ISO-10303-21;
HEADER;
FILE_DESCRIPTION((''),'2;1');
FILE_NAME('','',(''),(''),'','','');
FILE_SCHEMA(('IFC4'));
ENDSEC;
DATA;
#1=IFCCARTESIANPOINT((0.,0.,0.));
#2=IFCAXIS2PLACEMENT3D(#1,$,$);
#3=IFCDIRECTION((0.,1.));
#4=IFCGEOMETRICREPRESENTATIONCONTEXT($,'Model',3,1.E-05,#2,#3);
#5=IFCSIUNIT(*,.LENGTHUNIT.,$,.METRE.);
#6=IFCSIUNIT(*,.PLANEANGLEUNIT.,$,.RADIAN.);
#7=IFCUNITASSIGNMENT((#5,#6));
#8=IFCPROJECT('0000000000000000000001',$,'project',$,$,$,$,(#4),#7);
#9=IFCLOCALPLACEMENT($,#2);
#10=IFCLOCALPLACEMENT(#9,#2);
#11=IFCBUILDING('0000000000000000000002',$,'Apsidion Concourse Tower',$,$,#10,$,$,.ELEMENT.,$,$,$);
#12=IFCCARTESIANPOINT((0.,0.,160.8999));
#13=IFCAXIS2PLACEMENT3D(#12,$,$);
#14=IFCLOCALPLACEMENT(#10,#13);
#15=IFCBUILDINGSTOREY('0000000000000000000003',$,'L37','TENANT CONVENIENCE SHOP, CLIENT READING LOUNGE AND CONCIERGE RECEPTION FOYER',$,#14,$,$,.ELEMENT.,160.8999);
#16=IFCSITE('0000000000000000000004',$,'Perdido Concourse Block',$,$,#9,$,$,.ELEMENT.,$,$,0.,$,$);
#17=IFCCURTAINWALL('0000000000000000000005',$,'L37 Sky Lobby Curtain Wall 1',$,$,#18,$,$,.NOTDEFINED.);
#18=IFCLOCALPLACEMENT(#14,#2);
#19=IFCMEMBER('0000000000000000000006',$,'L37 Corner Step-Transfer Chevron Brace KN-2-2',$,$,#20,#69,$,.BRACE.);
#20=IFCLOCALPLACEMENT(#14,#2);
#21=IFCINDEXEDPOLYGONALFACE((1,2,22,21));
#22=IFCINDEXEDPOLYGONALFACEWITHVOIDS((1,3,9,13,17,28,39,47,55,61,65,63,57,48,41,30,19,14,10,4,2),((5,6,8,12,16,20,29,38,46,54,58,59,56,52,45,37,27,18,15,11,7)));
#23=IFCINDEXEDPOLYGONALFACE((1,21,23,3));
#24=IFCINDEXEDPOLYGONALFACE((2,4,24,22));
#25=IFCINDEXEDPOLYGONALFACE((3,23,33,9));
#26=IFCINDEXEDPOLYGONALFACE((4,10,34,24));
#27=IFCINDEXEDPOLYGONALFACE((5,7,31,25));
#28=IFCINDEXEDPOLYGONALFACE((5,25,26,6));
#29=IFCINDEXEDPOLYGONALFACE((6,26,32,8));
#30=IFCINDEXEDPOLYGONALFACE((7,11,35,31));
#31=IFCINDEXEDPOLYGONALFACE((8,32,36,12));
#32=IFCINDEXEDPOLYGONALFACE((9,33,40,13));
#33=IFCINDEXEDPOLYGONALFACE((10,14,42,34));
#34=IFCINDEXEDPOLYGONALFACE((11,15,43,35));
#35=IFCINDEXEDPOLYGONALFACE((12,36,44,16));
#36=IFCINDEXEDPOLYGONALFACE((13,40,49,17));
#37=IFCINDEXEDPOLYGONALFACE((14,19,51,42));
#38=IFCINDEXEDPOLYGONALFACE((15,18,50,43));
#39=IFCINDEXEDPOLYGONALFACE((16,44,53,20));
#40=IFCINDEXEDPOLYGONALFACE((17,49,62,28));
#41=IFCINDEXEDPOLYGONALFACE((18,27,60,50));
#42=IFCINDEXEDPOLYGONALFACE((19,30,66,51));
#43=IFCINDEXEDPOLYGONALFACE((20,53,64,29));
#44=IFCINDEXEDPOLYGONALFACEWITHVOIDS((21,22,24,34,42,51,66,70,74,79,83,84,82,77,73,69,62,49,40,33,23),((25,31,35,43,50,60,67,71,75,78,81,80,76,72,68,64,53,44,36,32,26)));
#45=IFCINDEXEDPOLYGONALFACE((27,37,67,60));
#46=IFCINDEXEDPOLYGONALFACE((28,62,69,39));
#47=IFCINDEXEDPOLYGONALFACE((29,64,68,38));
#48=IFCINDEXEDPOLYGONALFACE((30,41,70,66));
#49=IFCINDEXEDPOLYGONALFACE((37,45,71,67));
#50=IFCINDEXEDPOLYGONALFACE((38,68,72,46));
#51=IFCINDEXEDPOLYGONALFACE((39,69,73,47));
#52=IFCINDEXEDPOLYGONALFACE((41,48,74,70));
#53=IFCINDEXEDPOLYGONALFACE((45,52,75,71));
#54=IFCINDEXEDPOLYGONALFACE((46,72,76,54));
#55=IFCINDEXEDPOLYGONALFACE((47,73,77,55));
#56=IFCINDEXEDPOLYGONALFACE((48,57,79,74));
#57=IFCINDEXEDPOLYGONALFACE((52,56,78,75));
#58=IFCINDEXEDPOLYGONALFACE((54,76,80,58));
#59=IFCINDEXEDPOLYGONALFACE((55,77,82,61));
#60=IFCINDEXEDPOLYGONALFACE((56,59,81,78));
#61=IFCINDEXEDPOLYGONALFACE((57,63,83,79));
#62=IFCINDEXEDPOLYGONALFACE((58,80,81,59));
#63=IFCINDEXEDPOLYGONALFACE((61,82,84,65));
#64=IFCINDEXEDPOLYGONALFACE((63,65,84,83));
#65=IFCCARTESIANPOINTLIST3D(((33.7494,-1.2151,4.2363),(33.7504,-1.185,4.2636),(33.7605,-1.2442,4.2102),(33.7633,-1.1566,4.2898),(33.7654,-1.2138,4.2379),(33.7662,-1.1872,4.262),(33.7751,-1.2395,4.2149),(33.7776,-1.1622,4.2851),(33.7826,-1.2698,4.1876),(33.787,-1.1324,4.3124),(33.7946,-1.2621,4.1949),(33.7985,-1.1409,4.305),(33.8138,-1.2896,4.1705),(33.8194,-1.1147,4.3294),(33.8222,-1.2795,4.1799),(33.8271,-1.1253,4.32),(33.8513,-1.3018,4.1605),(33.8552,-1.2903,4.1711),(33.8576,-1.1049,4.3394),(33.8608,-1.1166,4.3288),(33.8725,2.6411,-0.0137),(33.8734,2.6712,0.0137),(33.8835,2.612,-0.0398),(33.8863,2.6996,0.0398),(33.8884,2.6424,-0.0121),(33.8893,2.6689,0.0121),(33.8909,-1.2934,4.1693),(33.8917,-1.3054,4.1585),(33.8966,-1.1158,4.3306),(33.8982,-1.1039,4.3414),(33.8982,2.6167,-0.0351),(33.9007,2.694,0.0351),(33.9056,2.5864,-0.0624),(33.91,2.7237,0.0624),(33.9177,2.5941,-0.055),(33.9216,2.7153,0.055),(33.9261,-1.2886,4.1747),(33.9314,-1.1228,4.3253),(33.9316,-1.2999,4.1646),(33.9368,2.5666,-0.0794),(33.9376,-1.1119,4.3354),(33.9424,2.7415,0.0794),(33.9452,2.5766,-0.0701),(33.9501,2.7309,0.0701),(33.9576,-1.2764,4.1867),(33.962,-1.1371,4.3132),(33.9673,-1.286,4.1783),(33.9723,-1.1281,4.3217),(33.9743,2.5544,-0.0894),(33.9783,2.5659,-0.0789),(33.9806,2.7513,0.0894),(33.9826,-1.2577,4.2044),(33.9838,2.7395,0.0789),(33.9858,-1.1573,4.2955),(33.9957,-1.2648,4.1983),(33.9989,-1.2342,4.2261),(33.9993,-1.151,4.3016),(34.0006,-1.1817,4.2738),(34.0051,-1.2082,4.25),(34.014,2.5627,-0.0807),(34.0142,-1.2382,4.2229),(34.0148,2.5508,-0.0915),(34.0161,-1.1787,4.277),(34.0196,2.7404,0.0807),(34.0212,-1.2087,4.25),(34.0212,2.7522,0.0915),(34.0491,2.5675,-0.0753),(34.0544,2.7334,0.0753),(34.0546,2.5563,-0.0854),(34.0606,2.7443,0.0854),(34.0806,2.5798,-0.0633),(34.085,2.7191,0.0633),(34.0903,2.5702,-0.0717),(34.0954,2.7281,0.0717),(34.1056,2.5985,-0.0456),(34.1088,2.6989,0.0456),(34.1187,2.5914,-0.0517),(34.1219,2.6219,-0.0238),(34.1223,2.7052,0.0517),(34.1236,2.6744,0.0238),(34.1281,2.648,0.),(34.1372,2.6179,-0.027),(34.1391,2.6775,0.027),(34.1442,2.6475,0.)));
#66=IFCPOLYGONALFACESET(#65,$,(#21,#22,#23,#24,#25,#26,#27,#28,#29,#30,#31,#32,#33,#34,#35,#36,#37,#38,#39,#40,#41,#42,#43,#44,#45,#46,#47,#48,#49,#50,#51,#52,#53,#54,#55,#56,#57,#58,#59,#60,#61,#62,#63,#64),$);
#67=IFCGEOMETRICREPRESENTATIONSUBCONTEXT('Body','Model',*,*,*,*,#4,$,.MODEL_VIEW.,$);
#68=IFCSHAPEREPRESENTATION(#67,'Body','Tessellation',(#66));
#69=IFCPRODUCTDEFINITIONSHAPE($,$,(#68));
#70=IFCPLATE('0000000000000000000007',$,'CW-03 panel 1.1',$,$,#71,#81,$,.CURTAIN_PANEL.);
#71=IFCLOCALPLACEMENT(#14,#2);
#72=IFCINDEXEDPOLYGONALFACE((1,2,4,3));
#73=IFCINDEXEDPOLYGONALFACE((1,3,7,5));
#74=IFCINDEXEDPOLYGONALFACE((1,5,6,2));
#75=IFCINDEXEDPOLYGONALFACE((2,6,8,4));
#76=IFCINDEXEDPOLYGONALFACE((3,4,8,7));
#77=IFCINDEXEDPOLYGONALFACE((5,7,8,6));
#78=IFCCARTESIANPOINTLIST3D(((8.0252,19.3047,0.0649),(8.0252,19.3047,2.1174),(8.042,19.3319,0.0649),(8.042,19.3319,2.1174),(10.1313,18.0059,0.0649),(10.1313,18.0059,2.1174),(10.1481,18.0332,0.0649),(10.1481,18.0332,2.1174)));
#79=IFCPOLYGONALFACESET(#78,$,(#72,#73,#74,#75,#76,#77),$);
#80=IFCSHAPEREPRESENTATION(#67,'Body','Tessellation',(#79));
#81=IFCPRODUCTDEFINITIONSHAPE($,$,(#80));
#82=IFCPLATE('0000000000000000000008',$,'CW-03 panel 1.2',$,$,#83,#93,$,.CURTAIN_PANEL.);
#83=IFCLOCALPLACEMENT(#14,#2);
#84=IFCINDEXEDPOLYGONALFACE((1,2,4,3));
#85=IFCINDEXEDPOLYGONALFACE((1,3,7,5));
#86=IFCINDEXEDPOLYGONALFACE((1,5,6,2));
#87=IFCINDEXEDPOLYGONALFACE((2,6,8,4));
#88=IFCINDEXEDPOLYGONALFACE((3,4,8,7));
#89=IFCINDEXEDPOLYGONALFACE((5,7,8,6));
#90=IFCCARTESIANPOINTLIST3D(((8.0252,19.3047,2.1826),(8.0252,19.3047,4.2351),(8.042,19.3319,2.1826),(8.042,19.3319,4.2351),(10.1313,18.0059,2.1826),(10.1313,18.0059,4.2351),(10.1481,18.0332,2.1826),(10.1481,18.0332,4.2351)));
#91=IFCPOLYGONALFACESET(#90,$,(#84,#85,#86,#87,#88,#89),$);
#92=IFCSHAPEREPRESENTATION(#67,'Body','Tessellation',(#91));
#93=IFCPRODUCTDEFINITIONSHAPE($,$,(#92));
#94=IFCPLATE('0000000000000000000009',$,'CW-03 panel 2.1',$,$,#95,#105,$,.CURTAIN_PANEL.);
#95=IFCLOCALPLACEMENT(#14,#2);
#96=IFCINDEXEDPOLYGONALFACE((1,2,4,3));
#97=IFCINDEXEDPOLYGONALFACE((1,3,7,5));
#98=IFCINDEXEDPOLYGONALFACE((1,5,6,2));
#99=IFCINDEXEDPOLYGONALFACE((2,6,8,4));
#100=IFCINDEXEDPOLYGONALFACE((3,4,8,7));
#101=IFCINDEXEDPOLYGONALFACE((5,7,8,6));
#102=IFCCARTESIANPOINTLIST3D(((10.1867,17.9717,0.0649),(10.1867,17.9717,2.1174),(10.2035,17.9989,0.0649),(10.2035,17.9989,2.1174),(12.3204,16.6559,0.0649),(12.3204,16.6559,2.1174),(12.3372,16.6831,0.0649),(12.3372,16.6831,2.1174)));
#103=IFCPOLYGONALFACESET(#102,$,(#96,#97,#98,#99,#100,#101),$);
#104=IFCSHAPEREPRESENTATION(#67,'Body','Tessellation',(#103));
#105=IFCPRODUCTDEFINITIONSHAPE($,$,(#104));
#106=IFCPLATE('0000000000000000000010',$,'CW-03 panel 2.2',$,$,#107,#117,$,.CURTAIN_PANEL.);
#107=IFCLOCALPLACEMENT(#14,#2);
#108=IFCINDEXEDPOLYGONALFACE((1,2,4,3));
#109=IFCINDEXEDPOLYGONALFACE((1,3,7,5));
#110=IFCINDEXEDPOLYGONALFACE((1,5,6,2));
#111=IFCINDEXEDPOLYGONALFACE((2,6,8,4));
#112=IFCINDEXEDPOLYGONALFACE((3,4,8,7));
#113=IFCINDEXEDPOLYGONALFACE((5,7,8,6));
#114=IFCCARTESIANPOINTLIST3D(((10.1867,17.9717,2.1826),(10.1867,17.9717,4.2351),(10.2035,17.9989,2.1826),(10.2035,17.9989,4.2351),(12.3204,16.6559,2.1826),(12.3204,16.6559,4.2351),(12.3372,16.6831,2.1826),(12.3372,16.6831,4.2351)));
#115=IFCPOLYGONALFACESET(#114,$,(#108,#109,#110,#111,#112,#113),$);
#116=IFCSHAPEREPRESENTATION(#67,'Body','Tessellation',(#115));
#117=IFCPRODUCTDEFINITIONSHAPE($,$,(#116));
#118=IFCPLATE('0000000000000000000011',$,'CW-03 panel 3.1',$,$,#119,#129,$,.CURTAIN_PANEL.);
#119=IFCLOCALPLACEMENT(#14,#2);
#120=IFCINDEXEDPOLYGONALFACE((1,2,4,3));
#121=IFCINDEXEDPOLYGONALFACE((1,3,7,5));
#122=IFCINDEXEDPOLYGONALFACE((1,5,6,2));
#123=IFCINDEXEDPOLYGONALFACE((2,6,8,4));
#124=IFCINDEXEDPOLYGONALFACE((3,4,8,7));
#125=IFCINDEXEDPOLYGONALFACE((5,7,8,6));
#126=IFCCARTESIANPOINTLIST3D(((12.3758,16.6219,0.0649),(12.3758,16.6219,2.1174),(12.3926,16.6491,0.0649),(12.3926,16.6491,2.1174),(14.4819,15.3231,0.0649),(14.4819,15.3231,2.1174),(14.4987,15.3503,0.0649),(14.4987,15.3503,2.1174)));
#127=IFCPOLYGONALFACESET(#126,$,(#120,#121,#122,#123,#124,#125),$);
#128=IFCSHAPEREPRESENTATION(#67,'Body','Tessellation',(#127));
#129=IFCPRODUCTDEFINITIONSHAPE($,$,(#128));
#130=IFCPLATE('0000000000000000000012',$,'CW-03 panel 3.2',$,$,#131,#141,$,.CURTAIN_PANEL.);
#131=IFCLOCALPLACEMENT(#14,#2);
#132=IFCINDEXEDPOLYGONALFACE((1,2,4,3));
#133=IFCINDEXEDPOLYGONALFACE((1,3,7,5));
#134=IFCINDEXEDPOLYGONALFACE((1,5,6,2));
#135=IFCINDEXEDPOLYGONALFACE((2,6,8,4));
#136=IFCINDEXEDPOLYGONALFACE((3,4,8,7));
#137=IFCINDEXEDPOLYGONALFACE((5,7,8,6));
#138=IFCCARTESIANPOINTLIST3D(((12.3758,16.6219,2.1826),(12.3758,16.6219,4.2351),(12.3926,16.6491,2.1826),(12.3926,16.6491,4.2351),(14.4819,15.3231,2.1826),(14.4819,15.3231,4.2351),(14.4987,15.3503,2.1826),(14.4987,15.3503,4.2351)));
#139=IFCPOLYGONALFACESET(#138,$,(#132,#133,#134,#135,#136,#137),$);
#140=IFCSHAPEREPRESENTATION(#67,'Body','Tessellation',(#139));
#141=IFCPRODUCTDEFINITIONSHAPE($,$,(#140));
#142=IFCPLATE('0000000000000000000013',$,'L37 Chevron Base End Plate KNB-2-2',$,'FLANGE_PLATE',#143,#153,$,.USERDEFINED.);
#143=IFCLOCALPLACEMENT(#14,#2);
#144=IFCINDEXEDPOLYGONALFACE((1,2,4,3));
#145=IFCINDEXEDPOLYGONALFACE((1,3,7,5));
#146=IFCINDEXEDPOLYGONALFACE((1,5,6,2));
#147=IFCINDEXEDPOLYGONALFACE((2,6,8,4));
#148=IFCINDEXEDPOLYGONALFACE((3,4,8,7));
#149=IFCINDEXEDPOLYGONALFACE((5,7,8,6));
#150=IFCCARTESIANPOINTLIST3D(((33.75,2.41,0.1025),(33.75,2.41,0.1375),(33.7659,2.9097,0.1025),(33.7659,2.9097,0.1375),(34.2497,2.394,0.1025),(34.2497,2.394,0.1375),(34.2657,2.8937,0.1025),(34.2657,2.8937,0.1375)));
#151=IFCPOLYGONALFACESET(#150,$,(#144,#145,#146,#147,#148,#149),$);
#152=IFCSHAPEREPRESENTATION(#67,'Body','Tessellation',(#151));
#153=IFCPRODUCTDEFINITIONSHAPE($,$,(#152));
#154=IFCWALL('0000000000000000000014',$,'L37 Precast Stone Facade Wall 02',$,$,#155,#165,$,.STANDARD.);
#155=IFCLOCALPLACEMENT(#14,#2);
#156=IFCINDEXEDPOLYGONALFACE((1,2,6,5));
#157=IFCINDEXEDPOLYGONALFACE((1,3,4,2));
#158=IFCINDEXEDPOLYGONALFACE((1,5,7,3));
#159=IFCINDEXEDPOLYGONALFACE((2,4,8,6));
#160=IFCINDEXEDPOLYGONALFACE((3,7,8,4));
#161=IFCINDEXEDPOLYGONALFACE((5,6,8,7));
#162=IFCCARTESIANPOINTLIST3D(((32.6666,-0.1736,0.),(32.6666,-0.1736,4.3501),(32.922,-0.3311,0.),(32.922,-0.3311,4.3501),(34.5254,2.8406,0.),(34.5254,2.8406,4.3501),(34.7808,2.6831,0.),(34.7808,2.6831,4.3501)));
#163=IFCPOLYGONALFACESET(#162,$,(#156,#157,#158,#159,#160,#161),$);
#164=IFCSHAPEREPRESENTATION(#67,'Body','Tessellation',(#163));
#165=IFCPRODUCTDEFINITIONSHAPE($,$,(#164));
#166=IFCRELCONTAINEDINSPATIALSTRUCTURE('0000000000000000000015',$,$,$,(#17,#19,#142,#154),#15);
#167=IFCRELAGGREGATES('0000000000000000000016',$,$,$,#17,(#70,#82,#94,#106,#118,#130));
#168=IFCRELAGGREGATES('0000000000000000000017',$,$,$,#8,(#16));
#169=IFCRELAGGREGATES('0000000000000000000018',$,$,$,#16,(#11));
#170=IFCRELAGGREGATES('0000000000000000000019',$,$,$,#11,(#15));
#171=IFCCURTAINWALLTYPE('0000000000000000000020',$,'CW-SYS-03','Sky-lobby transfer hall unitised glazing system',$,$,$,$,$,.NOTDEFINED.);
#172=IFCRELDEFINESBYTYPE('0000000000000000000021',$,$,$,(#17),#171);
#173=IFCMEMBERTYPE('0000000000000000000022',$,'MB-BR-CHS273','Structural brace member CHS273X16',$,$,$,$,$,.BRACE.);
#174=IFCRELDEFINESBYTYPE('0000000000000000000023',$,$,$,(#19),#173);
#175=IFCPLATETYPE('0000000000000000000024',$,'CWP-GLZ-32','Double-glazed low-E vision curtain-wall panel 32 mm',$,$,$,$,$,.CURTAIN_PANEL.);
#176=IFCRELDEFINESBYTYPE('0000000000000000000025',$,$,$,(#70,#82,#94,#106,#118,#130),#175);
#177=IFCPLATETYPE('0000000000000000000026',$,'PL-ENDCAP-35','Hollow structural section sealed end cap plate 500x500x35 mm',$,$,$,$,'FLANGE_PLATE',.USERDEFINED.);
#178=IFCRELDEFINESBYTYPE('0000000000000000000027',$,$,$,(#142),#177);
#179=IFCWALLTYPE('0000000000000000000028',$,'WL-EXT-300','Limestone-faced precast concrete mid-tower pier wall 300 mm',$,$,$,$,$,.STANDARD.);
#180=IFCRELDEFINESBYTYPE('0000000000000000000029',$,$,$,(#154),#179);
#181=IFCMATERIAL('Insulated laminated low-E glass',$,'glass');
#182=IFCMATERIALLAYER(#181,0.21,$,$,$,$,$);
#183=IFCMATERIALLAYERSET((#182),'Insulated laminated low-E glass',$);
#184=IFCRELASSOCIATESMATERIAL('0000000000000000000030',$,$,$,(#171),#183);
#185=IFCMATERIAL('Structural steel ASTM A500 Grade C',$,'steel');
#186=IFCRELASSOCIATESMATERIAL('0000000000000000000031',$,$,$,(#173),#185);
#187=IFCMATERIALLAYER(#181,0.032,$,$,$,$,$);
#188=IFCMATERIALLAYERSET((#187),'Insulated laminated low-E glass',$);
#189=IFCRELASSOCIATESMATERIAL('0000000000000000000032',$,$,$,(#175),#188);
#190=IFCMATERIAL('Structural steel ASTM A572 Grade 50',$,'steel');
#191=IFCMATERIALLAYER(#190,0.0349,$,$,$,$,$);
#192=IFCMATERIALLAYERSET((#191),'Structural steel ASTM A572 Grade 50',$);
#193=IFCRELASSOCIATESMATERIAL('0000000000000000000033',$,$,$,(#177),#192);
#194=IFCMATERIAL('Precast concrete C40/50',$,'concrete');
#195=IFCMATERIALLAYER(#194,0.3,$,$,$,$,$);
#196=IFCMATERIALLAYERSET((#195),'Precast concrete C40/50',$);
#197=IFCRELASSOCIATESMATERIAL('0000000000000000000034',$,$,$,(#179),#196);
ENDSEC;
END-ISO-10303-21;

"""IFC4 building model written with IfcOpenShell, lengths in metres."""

from ifc_helpers import new_model, si_unit, direction, frame, frame_2d, origin, origin_2d, place, context, subcontext, project, spatial, rectangle, hollow_circle, extrude, material, layer, layer_set, material_profile, profile_set, type_object, element, aggregate, save


model = new_model("IFC4")

# Units and contexts
model_context = context("Model", 3, precision=1e-05, world=origin(), true_north=direction((0.0, 1.0)))
body_context = subcontext(model_context, "Body", "Model", "MODEL_VIEW")
ifc_project = project(units=[si_unit("LENGTHUNIT", "METRE"), si_unit("PLANEANGLEUNIT", "RADIAN")], contexts=[model_context])

# Site, building, storey
site_placement = place(None, origin())
site = spatial("IfcSite", under=ifc_project, at=site_placement, Name="Perdido Concourse Block", CompositionType="ELEMENT", RefElevation=0.0)
building_placement = place(site_placement, origin())
building = spatial("IfcBuilding", under=site, at=building_placement, Name="Apsidion Concourse Tower", CompositionType="ELEMENT")
storey_placement = place(building_placement, frame((0.0, 0.0, 160.8999)))
storey = spatial("IfcBuildingStorey", under=building, at=storey_placement, Name="L37", Description="TENANT CONVENIENCE SHOP, CLIENT READING LOUNGE AND CONCIERGE RECEPTION FOYER", CompositionType="ELEMENT", Elevation=160.8999)

# Curtain wall
ifc_material_1 = material(Name="Insulated laminated low-E glass", Category="glass")
ifc_layer_1 = layer(ifc_material_1, 0.21)
ifc_layer_set_1 = layer_set([ifc_layer_1], Name="Insulated laminated low-E glass")
curtain_wall_type = type_object("IfcCurtainWallType", Name="CW-SYS-03", Description="Sky-lobby transfer hall unitised glazing system", PredefinedType="NOTDEFINED", material=ifc_layer_set_1)
curtain_wall_placement = place(storey_placement, origin())
curtain_wall = element("IfcCurtainWall", 1, at=curtain_wall_placement, inside=storey, type_object=curtain_wall_type, Name="L37 Sky Lobby Curtain Wall 1", PredefinedType="NOTDEFINED")

# Member
ifc_material_2 = material(Name="Structural steel ASTM A500 Grade C", Category="steel")
ifc_material_profile_1 = material_profile(ifc_material_2, hollow_circle(Radius=0.1365, WallThickness=0.0161, at=origin_2d()), Name="CHS273X16")
ifc_profile_set_1 = profile_set([ifc_material_profile_1], Name="Structural steel ASTM A500 Grade C")
member_type_1 = type_object("IfcMemberType", Name="MB-BR-CHS273", Description="Structural brace member CHS273X16", PredefinedType="BRACE", material=ifc_profile_set_1)
member_1_placement = place(storey_placement, frame((34.0078, 2.6519, 0.0), z_axis=(-0.021437, -0.671809, 0.740414), x_axis=(0.999491, -0.031893, 0.0)))
element("IfcMember", 2, at=member_1_placement, inside=storey, type_object=member_type_1, Name="L37 Corner Step-Transfer Chevron Brace KN-2-2", PredefinedType="BRACE", context=body_context, shape_type="SweptSolid", body=[
    extrude(hollow_circle(Radius=0.1365, WallThickness=0.0161, at=origin_2d()), origin(), (0.0, 0.0, 1.0), 5.74),
])

# Plates
ifc_layer_2 = layer(ifc_material_1, 0.032)
ifc_layer_set_2 = layer_set([ifc_layer_2], Name="Insulated laminated low-E glass")
plate_type_1 = type_object("IfcPlateType", Name="CWP-GLZ-32", Description="Double-glazed low-E vision curtain-wall panel 32 mm", PredefinedType="CURTAIN_PANEL", material=ifc_layer_set_2)
plate_1_placement = place(storey_placement, frame((9.0867, 18.6689, 0.0649), z_axis=(0.0, 0.0, 1.0), x_axis=(0.851169, -0.524891, 0.0)))
plate_1 = element("IfcPlate", 3, at=plate_1_placement, type_object=plate_type_1, Name="CW-03 panel 1.1", PredefinedType="CURTAIN_PANEL", context=body_context, shape_type="SweptSolid", body=[
    extrude(rectangle(XDim=2.4744, YDim=0.032, at=origin_2d()), origin(), (0.0, 0.0, 1.0), 2.0525),
])
plate_2_placement = place(storey_placement, frame((9.0867, 18.6689, 2.1826), z_axis=(0.0, 0.0, 1.0), x_axis=(0.851169, -0.524891, 0.0)))
plate_2 = element("IfcPlate", 4, at=plate_2_placement, type_object=plate_type_1, Name="CW-03 panel 1.2", PredefinedType="CURTAIN_PANEL", context=body_context, shape_type="SweptSolid", body=[
    extrude(rectangle(XDim=2.4744, YDim=0.032, at=origin_2d()), origin(), (0.0, 0.0, 1.0), 2.0525),
])
plate_3_placement = place(storey_placement, frame((11.262, 17.3274, 0.0649), z_axis=(0.0, 0.0, 1.0), x_axis=(0.851169, -0.524891, 0.0)))
plate_3 = element("IfcPlate", 5, at=plate_3_placement, type_object=plate_type_1, Name="CW-03 panel 2.1", PredefinedType="CURTAIN_PANEL", context=body_context, shape_type="SweptSolid", body=[
    extrude(rectangle(XDim=2.5068, YDim=0.032, at=origin_2d()), origin(), (0.0, 0.0, 1.0), 2.0525),
])
plate_4_placement = place(storey_placement, frame((11.262, 17.3274, 2.1826), z_axis=(0.0, 0.0, 1.0), x_axis=(0.851169, -0.524891, 0.0)))
plate_4 = element("IfcPlate", 6, at=plate_4_placement, type_object=plate_type_1, Name="CW-03 panel 2.2", PredefinedType="CURTAIN_PANEL", context=body_context, shape_type="SweptSolid", body=[
    extrude(rectangle(XDim=2.5068, YDim=0.032, at=origin_2d()), origin(), (0.0, 0.0, 1.0), 2.0525),
])
plate_5_placement = place(storey_placement, frame((13.4373, 15.9861, 0.0649), z_axis=(0.0, 0.0, 1.0), x_axis=(0.851169, -0.524891, 0.0)))
plate_5 = element("IfcPlate", 7, at=plate_5_placement, type_object=plate_type_1, Name="CW-03 panel 3.1", PredefinedType="CURTAIN_PANEL", context=body_context, shape_type="SweptSolid", body=[
    extrude(rectangle(XDim=2.4744, YDim=0.032, at=origin_2d()), origin(), (0.0, 0.0, 1.0), 2.0525),
])
plate_6_placement = place(storey_placement, frame((13.4373, 15.9861, 2.1826), z_axis=(0.0, 0.0, 1.0), x_axis=(0.851169, -0.524891, 0.0)))
plate_6 = element("IfcPlate", 8, at=plate_6_placement, type_object=plate_type_1, Name="CW-03 panel 3.2", PredefinedType="CURTAIN_PANEL", context=body_context, shape_type="SweptSolid", body=[
    extrude(rectangle(XDim=2.4744, YDim=0.032, at=origin_2d()), origin(), (0.0, 0.0, 1.0), 2.0525),
])
aggregate(curtain_wall, [plate_1, plate_2, plate_3, plate_4, plate_5, plate_6])
ifc_material_3 = material(Name="Structural steel ASTM A572 Grade 50", Category="steel")
ifc_layer_3 = layer(ifc_material_3, 0.0349)
ifc_layer_set_3 = layer_set([ifc_layer_3], Name="Structural steel ASTM A572 Grade 50")
plate_type_2 = type_object("IfcPlateType", Name="PL-ENDCAP-35", Description="Hollow structural section sealed end cap plate 500x500x35 mm", ElementType="FLANGE_PLATE", PredefinedType="USERDEFINED", material=ifc_layer_set_3)
plate_7_placement = place(storey_placement, frame((34.0078, 2.6519, 0.1025), z_axis=(0.0, 0.0, 1.0), x_axis=(0.031934, 0.99949, 0.0)))
element("IfcPlate", 9, at=plate_7_placement, inside=storey, type_object=plate_type_2, Name="L37 Chevron Base End Plate KNB-2-2", ObjectType="FLANGE_PLATE", PredefinedType="USERDEFINED", context=body_context, shape_type="SweptSolid", body=[
    extrude(rectangle(XDim=0.5, YDim=0.5, at=origin_2d()), origin(), (0.0, 0.0, 1.0), 0.0349),
])

# Wall
ifc_material_4 = material(Name="Precast concrete C40/50", Category="concrete")
ifc_layer_4 = layer(ifc_material_4, 0.3)
ifc_layer_set_4 = layer_set([ifc_layer_4], Name="Precast concrete C40/50")
wall_type_1 = type_object("IfcWallType", Name="WL-EXT-300", Description="Limestone-faced precast concrete mid-tower pier wall 300 mm", PredefinedType="STANDARD", material=ifc_layer_set_4)
wall_1_placement = place(storey_placement, frame((34.6531, 2.7617, 0.0), z_axis=(0.0, 0.0, 1.0), x_axis=(-0.52492, -0.851151, 0.0)))
element("IfcWall", 10, at=wall_1_placement, inside=storey, type_object=wall_type_1, Name="L37 Precast Stone Facade Wall 02", PredefinedType="STANDARD", context=body_context, shape_type="SweptSolid", body=[
    extrude(rectangle(XDim=3.5413, YDim=0.3, at=frame_2d((1.7705, 0.0))), origin(), (0.0, 0.0, 1.0), 4.3501),
])

save(model, "model.ifc")
